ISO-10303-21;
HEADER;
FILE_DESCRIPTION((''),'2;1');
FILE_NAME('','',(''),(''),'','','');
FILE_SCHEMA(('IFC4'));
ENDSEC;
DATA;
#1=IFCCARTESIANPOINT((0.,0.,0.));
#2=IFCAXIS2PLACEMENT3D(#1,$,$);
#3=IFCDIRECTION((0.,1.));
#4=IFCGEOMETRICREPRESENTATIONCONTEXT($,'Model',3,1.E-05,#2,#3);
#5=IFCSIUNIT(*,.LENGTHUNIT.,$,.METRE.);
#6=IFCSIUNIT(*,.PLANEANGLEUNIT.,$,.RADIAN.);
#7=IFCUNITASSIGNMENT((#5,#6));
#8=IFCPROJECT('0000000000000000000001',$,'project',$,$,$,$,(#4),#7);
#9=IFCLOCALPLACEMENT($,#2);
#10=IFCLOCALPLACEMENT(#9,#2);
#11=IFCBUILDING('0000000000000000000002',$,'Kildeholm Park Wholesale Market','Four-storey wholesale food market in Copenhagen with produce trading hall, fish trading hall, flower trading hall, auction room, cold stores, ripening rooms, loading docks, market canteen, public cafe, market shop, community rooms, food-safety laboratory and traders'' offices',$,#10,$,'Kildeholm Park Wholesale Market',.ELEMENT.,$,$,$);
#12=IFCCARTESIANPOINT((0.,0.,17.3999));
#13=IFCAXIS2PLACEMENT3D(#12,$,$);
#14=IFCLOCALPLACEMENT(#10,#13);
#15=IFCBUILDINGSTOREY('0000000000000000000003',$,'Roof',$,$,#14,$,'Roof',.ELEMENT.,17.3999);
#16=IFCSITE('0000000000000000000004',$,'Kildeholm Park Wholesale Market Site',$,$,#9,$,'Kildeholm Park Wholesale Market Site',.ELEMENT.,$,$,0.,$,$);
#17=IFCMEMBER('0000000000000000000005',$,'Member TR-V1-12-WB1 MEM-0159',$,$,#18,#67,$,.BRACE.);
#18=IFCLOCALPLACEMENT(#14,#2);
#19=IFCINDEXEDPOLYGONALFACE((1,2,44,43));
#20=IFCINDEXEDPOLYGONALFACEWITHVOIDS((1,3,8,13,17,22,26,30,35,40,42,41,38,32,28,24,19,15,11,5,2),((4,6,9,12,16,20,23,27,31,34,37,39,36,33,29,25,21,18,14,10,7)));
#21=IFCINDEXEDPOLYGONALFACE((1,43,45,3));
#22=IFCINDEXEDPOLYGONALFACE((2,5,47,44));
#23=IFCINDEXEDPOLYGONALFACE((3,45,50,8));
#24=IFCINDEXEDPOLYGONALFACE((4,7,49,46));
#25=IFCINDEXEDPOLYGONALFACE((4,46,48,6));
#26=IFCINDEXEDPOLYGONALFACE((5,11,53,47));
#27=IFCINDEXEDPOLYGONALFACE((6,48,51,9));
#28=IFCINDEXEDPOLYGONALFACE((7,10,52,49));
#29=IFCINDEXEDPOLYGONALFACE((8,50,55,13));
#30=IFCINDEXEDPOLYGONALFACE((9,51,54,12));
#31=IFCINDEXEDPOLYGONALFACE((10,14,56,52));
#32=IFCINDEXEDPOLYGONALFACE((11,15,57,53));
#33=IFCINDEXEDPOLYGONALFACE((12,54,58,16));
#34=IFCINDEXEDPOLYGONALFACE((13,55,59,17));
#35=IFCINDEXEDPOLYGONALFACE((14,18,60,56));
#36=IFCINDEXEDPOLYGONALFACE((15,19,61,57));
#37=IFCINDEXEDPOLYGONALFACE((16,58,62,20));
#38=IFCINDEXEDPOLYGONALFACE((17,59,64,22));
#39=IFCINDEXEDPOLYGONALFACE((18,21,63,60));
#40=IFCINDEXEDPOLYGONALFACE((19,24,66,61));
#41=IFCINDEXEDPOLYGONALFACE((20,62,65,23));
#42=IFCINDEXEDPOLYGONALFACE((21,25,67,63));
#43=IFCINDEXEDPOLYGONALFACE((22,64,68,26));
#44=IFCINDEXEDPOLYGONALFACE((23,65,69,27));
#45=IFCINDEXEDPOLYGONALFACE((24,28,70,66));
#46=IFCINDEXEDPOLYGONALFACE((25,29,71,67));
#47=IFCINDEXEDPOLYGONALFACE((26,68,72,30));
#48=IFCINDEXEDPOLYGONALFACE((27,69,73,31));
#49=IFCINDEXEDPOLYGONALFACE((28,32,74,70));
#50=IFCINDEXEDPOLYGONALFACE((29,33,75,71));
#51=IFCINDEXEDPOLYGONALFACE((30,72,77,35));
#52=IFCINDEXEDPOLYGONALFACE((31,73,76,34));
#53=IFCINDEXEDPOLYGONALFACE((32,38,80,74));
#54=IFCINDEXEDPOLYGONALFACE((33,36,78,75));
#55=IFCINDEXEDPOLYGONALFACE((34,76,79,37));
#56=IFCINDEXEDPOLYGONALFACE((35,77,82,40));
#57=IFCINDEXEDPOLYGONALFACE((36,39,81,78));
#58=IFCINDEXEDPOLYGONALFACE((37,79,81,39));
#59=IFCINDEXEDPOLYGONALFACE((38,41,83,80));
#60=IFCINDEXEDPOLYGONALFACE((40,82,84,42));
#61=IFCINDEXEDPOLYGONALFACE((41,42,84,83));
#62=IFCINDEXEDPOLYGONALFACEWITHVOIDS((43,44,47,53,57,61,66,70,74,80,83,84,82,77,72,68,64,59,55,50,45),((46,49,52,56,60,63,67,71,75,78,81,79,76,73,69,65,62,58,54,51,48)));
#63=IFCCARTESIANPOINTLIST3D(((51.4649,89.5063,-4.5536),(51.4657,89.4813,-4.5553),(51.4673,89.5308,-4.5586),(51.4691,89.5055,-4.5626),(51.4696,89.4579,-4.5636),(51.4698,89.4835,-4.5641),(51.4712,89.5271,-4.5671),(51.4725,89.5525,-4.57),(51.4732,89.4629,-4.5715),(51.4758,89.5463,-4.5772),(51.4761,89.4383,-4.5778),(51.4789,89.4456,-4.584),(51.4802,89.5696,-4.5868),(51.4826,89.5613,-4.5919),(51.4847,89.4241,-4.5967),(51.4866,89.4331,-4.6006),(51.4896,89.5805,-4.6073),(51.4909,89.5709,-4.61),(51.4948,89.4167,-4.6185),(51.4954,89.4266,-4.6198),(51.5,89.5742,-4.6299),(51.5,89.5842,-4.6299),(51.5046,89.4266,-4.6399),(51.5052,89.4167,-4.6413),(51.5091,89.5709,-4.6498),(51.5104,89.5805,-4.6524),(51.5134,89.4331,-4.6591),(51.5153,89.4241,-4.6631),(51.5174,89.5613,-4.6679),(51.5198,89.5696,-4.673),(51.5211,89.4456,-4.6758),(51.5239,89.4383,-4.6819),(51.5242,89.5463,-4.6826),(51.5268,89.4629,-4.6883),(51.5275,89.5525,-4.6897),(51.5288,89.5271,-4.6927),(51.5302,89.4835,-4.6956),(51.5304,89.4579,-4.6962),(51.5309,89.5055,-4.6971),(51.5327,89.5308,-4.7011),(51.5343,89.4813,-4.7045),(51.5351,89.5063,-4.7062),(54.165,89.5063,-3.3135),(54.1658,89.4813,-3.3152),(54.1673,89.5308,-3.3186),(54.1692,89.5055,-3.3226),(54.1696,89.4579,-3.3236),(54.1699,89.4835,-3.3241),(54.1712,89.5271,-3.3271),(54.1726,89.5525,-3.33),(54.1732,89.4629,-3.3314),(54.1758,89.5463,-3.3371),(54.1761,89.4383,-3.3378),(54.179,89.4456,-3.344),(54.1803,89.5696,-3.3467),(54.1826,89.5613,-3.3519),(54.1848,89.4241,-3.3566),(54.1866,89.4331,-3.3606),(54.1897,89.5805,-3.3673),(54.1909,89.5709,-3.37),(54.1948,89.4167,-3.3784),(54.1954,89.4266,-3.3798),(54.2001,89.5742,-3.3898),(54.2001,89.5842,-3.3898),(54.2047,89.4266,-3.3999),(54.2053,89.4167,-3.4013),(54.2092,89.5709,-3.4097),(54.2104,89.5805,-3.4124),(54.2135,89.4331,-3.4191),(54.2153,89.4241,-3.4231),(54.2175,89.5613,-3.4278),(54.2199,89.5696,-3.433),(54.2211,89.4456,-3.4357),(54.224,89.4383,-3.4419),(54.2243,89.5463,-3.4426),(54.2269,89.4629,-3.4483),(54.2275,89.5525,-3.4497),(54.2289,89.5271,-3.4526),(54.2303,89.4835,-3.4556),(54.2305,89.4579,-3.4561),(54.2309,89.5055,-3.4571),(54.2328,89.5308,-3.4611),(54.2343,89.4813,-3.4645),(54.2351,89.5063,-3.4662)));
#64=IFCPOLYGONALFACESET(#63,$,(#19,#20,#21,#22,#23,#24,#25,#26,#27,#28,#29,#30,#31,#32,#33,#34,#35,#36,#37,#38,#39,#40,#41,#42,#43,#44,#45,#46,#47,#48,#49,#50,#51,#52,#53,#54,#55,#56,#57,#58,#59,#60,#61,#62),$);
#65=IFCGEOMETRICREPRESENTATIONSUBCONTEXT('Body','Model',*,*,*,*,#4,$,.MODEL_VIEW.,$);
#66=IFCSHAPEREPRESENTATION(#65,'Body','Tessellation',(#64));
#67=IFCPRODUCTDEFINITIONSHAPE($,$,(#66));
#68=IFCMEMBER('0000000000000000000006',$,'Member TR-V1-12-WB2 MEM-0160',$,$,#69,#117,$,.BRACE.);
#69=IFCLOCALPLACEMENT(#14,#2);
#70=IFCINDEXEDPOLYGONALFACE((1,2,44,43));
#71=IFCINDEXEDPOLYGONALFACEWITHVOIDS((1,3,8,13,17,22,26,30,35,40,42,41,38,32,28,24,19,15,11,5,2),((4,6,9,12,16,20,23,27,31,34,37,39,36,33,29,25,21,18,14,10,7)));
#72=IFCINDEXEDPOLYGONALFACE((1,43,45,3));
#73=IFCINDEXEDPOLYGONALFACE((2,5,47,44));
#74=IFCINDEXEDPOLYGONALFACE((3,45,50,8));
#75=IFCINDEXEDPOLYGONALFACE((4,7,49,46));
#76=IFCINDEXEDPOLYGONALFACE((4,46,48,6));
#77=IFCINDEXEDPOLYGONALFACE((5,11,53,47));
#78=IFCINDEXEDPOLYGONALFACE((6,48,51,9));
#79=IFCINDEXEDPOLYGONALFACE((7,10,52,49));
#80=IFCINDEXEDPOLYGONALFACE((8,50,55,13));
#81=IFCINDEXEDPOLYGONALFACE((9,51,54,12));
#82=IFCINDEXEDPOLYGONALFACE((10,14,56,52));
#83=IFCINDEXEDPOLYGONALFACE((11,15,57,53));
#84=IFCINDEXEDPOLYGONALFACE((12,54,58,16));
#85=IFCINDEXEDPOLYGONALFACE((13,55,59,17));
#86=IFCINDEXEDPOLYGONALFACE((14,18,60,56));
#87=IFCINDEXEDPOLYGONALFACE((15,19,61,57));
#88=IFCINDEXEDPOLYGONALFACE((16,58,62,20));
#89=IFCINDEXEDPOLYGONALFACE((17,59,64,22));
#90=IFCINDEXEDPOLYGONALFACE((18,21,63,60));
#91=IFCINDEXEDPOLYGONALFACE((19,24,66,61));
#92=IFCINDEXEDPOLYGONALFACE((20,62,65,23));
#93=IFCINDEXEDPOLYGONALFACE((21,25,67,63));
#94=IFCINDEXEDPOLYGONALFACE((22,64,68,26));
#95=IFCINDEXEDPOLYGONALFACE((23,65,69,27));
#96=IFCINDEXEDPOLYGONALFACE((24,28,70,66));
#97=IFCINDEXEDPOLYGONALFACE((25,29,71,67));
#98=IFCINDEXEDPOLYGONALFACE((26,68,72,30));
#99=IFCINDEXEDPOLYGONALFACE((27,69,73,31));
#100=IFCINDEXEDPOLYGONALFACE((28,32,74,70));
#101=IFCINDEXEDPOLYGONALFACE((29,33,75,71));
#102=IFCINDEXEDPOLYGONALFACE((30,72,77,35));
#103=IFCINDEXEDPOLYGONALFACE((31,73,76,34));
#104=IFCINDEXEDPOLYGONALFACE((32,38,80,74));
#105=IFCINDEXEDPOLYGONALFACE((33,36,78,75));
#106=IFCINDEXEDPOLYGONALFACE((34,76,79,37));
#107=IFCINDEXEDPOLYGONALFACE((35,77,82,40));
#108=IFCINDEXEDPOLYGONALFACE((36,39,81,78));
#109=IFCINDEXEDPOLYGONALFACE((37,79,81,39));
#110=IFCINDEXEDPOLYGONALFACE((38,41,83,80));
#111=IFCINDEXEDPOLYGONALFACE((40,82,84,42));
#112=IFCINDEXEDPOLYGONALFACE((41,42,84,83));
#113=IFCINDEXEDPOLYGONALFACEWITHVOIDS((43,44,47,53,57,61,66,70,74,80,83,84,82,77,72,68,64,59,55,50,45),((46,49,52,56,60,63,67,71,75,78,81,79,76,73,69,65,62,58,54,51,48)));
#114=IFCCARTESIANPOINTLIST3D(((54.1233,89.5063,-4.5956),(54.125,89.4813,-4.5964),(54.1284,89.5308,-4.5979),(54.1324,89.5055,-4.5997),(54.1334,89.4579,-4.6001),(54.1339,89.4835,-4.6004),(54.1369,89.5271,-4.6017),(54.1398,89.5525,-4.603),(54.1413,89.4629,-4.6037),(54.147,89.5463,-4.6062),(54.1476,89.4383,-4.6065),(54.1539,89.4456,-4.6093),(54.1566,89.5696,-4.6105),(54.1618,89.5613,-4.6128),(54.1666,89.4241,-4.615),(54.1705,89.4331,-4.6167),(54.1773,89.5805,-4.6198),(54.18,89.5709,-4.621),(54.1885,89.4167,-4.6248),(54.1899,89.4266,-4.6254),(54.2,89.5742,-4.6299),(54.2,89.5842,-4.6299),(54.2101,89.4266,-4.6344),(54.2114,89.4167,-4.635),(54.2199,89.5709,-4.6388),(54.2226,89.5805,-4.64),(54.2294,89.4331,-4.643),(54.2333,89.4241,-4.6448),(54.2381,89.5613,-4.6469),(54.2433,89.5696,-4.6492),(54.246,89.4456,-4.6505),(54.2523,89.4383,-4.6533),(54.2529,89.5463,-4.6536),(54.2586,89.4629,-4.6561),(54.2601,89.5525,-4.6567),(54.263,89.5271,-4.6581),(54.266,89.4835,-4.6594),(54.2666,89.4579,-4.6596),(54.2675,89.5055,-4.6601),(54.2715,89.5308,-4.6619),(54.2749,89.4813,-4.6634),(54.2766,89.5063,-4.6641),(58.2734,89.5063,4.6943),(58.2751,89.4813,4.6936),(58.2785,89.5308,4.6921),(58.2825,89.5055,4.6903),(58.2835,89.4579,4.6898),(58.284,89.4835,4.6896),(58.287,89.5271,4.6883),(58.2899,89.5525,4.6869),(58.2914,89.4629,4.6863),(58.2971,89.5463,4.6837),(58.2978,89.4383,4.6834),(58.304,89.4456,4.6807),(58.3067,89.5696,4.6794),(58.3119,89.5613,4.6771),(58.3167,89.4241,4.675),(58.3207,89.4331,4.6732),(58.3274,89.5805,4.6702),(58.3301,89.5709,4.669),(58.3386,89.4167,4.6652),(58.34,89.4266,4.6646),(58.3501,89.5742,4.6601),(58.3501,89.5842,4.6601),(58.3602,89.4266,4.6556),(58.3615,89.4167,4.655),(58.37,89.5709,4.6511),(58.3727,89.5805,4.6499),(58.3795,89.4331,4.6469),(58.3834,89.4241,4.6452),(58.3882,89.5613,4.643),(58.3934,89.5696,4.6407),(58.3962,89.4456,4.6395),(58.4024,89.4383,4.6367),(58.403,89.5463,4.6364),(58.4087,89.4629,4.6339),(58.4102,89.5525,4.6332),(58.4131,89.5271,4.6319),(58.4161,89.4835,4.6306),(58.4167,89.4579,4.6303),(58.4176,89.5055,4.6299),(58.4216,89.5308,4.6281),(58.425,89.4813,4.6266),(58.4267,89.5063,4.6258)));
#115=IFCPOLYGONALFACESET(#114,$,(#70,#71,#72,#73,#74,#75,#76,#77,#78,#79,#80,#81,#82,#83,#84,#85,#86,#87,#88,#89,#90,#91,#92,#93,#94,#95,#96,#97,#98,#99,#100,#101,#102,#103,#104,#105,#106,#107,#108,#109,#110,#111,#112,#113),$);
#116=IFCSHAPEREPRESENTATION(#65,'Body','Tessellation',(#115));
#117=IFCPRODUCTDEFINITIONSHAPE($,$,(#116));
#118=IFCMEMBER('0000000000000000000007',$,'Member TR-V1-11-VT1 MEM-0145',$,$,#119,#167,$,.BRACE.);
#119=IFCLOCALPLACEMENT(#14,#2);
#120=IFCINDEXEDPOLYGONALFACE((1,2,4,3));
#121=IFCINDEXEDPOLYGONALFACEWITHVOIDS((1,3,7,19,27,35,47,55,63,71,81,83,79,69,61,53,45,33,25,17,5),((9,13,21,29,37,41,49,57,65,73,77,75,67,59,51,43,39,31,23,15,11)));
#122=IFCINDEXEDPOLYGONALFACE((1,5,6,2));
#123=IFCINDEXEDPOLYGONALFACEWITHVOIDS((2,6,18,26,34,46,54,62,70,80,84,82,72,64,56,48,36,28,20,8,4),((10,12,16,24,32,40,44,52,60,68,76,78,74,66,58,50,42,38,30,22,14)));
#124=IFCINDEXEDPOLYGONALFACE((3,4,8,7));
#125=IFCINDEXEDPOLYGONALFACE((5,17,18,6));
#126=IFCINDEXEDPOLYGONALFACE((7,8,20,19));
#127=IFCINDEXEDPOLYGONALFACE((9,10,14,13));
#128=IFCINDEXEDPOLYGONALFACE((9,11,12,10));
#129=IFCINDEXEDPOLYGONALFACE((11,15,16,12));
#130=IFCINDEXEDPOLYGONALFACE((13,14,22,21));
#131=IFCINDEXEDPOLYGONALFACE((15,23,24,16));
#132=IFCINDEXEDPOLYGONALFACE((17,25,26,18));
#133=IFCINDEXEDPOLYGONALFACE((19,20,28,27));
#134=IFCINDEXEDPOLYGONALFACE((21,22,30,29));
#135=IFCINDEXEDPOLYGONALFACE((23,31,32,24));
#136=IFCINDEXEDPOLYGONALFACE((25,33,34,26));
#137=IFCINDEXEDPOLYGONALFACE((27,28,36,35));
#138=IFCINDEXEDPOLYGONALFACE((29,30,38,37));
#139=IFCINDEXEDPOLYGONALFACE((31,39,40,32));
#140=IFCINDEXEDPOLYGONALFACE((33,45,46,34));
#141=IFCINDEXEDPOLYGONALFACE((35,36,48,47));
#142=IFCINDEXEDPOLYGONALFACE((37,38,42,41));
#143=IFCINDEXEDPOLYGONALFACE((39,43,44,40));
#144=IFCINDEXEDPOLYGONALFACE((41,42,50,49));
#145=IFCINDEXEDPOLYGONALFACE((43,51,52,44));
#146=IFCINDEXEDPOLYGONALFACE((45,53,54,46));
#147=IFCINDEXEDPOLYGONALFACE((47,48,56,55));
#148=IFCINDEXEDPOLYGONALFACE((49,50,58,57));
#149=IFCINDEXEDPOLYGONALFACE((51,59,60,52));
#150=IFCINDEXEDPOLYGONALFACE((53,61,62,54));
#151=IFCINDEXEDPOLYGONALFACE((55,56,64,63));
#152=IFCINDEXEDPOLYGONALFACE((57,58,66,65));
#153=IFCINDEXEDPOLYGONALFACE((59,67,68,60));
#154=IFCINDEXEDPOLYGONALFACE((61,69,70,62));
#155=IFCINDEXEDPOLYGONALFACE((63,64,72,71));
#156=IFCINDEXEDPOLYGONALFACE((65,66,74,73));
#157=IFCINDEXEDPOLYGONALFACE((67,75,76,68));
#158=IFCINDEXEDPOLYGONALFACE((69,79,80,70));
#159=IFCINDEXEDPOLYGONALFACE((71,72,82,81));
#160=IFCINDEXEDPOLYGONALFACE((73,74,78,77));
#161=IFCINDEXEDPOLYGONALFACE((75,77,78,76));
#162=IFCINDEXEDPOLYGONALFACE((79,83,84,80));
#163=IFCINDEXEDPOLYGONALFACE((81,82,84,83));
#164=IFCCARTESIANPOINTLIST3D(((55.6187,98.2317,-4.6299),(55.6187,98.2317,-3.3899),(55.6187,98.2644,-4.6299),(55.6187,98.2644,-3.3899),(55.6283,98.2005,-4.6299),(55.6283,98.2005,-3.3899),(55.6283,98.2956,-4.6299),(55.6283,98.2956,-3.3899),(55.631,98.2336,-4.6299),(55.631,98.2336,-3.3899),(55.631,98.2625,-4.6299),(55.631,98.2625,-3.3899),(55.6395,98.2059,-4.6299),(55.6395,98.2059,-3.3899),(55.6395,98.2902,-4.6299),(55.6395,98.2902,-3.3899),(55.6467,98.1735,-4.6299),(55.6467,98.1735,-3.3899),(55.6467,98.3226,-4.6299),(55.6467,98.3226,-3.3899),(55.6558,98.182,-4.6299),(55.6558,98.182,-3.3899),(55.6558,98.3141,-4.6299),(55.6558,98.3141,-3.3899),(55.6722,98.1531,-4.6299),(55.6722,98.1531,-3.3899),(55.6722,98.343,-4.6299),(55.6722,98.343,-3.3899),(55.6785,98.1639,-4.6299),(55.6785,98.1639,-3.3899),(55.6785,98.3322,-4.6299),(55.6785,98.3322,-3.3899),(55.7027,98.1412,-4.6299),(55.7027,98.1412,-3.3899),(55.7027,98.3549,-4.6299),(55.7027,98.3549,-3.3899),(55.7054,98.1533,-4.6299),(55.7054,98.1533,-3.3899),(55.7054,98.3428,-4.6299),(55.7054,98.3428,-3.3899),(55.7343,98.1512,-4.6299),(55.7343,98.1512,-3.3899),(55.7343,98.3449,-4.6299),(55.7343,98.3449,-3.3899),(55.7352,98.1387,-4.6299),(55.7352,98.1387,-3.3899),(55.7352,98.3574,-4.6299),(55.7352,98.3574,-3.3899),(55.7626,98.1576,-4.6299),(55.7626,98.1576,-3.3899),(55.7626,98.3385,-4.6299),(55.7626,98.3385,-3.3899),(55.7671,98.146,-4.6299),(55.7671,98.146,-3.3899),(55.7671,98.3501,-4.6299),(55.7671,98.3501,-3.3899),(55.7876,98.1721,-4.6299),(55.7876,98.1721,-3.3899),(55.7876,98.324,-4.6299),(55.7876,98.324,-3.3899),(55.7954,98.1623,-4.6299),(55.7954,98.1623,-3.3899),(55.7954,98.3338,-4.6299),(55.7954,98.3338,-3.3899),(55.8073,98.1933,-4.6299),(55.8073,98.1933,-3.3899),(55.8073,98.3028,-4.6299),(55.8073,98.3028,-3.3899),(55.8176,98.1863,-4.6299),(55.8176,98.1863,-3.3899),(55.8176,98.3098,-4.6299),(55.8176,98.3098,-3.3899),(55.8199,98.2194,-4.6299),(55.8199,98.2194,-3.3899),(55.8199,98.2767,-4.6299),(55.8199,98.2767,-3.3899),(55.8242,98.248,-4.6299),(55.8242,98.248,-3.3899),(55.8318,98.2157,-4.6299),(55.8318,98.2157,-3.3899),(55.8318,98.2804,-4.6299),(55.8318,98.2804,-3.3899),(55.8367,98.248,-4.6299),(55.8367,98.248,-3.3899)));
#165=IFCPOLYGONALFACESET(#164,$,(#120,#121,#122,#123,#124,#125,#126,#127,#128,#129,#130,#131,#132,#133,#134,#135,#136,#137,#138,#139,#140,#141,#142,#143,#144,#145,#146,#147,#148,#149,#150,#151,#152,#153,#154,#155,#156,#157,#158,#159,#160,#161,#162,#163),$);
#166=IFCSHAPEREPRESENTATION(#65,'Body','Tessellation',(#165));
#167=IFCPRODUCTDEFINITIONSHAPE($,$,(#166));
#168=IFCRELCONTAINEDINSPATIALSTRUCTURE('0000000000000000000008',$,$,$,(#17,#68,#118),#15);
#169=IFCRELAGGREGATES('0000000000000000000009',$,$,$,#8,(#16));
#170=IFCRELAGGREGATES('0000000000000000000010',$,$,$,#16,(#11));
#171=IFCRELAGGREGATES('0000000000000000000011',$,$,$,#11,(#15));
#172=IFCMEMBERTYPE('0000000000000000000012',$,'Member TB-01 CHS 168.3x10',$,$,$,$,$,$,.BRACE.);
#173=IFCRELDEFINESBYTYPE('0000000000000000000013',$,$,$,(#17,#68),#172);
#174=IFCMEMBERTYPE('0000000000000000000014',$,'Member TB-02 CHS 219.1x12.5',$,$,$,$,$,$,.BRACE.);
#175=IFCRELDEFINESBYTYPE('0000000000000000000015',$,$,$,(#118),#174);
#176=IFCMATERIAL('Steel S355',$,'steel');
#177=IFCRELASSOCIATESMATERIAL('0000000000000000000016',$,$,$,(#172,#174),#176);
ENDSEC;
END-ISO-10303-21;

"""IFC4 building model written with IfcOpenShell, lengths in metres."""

from ifc_helpers import new_model, si_unit, direction, frame, origin, origin_2d, place, context, subcontext, project, spatial, hollow_circle, extrude, material, material_profile, profile_set, type_object, element, save


model = new_model("IFC4")

# Units and contexts
model_context = context("Model", 3, precision=1e-05, world=origin(), true_north=direction((0.0, 1.0)))
body_context = subcontext(model_context, "Body", "Model", "MODEL_VIEW")
ifc_project = project(units=[si_unit("LENGTHUNIT", "METRE"), si_unit("PLANEANGLEUNIT", "RADIAN")], contexts=[model_context])

# Site, building, storey
site_placement = place(None, origin())
site = spatial("IfcSite", under=ifc_project, at=site_placement, Name="Kildeholm Park Wholesale Market Site", LongName="Kildeholm Park Wholesale Market Site", CompositionType="ELEMENT", RefElevation=0.0)
building_placement = place(site_placement, origin())
building = spatial("IfcBuilding", under=site, at=building_placement, Name="Kildeholm Park Wholesale Market", Description="Four-storey wholesale food market in Copenhagen with produce trading hall, fish trading hall, flower trading hall, auction room, cold stores, ripening rooms, loading docks, market canteen, public cafe, market shop, community rooms, food-safety laboratory and traders' offices", LongName="Kildeholm Park Wholesale Market", CompositionType="ELEMENT")
storey_placement = place(building_placement, frame((0.0, 0.0, 17.3999)))
storey = spatial("IfcBuildingStorey", under=building, at=storey_placement, Name="Roof", LongName="Roof", CompositionType="ELEMENT", Elevation=17.3999)

# Shared definitions
ifc_material_1 = material(Name="Steel S355", Category="steel")

# Members
ifc_material_profile_1 = material_profile(ifc_material_1, hollow_circle(Radius=0.0842, WallThickness=0.01, at=origin_2d()), Name="CHS 168.3x10")
ifc_profile_set_1 = profile_set([ifc_material_profile_1], Name="Steel S355")
member_type_1 = type_object("IfcMemberType", Name="Member TB-01 CHS 168.3x10", PredefinedType="BRACE", material=ifc_profile_set_1)
member_1_placement = place(storey_placement, frame((51.5, 89.5, -4.6299), z_axis=(0.908744, 0.0, 0.417353), x_axis=(0.0, 1.0, 0.0)))
element("IfcMember", 1, at=member_1_placement, inside=storey, type_object=member_type_1, Name="Member TR-V1-12-WB1 MEM-0159", PredefinedType="BRACE", context=body_context, shape_type="SweptSolid", body=[
    extrude(hollow_circle(Radius=0.0842, WallThickness=0.01, at=origin_2d()), origin(), (0.0, 0.0, 1.0), 2.9712),
])
member_2_placement = place(storey_placement, frame((54.2, 89.5, -4.6299), z_axis=(0.407881, 0.0, 0.913035), x_axis=(0.0, 1.0, 0.0)))
element("IfcMember", 2, at=member_2_placement, inside=storey, type_object=member_type_1, Name="Member TR-V1-12-WB2 MEM-0160", PredefinedType="BRACE", context=body_context, shape_type="SweptSolid", body=[
    extrude(hollow_circle(Radius=0.0842, WallThickness=0.01, at=origin_2d()), origin(), (0.0, 0.0, 1.0), 10.1748),
])
ifc_material_profile_2 = material_profile(ifc_material_1, hollow_circle(Radius=0.1096, WallThickness=0.0125, at=origin_2d()), Name="CHS 219.1x12.5")
ifc_profile_set_2 = profile_set([ifc_material_profile_2], Name="Steel S355")
member_type_2 = type_object("IfcMemberType", Name="Member TB-02 CHS 219.1x12.5", PredefinedType="BRACE", material=ifc_profile_set_2)
for number, where, z_axis, x_axis, name in (
    (3, (55.7271, 98.248, -4.6299), (0.0, 0.0, 1.0), (1.0, 0.0, 0.0), "Member TR-V1-11-VT1 MEM-0145"),
):
    element("IfcMember", number, at=place(storey_placement, frame(where, z_axis=z_axis, x_axis=x_axis)), inside=storey, type_object=member_type_2, Name=name, PredefinedType="BRACE", context=body_context, shape_type="SweptSolid", body=[
        extrude(hollow_circle(Radius=0.1096, WallThickness=0.0125, at=origin_2d()), origin(), (0.0, 0.0, 1.0), 1.24),
    ])

save(model, "model.ifc")
